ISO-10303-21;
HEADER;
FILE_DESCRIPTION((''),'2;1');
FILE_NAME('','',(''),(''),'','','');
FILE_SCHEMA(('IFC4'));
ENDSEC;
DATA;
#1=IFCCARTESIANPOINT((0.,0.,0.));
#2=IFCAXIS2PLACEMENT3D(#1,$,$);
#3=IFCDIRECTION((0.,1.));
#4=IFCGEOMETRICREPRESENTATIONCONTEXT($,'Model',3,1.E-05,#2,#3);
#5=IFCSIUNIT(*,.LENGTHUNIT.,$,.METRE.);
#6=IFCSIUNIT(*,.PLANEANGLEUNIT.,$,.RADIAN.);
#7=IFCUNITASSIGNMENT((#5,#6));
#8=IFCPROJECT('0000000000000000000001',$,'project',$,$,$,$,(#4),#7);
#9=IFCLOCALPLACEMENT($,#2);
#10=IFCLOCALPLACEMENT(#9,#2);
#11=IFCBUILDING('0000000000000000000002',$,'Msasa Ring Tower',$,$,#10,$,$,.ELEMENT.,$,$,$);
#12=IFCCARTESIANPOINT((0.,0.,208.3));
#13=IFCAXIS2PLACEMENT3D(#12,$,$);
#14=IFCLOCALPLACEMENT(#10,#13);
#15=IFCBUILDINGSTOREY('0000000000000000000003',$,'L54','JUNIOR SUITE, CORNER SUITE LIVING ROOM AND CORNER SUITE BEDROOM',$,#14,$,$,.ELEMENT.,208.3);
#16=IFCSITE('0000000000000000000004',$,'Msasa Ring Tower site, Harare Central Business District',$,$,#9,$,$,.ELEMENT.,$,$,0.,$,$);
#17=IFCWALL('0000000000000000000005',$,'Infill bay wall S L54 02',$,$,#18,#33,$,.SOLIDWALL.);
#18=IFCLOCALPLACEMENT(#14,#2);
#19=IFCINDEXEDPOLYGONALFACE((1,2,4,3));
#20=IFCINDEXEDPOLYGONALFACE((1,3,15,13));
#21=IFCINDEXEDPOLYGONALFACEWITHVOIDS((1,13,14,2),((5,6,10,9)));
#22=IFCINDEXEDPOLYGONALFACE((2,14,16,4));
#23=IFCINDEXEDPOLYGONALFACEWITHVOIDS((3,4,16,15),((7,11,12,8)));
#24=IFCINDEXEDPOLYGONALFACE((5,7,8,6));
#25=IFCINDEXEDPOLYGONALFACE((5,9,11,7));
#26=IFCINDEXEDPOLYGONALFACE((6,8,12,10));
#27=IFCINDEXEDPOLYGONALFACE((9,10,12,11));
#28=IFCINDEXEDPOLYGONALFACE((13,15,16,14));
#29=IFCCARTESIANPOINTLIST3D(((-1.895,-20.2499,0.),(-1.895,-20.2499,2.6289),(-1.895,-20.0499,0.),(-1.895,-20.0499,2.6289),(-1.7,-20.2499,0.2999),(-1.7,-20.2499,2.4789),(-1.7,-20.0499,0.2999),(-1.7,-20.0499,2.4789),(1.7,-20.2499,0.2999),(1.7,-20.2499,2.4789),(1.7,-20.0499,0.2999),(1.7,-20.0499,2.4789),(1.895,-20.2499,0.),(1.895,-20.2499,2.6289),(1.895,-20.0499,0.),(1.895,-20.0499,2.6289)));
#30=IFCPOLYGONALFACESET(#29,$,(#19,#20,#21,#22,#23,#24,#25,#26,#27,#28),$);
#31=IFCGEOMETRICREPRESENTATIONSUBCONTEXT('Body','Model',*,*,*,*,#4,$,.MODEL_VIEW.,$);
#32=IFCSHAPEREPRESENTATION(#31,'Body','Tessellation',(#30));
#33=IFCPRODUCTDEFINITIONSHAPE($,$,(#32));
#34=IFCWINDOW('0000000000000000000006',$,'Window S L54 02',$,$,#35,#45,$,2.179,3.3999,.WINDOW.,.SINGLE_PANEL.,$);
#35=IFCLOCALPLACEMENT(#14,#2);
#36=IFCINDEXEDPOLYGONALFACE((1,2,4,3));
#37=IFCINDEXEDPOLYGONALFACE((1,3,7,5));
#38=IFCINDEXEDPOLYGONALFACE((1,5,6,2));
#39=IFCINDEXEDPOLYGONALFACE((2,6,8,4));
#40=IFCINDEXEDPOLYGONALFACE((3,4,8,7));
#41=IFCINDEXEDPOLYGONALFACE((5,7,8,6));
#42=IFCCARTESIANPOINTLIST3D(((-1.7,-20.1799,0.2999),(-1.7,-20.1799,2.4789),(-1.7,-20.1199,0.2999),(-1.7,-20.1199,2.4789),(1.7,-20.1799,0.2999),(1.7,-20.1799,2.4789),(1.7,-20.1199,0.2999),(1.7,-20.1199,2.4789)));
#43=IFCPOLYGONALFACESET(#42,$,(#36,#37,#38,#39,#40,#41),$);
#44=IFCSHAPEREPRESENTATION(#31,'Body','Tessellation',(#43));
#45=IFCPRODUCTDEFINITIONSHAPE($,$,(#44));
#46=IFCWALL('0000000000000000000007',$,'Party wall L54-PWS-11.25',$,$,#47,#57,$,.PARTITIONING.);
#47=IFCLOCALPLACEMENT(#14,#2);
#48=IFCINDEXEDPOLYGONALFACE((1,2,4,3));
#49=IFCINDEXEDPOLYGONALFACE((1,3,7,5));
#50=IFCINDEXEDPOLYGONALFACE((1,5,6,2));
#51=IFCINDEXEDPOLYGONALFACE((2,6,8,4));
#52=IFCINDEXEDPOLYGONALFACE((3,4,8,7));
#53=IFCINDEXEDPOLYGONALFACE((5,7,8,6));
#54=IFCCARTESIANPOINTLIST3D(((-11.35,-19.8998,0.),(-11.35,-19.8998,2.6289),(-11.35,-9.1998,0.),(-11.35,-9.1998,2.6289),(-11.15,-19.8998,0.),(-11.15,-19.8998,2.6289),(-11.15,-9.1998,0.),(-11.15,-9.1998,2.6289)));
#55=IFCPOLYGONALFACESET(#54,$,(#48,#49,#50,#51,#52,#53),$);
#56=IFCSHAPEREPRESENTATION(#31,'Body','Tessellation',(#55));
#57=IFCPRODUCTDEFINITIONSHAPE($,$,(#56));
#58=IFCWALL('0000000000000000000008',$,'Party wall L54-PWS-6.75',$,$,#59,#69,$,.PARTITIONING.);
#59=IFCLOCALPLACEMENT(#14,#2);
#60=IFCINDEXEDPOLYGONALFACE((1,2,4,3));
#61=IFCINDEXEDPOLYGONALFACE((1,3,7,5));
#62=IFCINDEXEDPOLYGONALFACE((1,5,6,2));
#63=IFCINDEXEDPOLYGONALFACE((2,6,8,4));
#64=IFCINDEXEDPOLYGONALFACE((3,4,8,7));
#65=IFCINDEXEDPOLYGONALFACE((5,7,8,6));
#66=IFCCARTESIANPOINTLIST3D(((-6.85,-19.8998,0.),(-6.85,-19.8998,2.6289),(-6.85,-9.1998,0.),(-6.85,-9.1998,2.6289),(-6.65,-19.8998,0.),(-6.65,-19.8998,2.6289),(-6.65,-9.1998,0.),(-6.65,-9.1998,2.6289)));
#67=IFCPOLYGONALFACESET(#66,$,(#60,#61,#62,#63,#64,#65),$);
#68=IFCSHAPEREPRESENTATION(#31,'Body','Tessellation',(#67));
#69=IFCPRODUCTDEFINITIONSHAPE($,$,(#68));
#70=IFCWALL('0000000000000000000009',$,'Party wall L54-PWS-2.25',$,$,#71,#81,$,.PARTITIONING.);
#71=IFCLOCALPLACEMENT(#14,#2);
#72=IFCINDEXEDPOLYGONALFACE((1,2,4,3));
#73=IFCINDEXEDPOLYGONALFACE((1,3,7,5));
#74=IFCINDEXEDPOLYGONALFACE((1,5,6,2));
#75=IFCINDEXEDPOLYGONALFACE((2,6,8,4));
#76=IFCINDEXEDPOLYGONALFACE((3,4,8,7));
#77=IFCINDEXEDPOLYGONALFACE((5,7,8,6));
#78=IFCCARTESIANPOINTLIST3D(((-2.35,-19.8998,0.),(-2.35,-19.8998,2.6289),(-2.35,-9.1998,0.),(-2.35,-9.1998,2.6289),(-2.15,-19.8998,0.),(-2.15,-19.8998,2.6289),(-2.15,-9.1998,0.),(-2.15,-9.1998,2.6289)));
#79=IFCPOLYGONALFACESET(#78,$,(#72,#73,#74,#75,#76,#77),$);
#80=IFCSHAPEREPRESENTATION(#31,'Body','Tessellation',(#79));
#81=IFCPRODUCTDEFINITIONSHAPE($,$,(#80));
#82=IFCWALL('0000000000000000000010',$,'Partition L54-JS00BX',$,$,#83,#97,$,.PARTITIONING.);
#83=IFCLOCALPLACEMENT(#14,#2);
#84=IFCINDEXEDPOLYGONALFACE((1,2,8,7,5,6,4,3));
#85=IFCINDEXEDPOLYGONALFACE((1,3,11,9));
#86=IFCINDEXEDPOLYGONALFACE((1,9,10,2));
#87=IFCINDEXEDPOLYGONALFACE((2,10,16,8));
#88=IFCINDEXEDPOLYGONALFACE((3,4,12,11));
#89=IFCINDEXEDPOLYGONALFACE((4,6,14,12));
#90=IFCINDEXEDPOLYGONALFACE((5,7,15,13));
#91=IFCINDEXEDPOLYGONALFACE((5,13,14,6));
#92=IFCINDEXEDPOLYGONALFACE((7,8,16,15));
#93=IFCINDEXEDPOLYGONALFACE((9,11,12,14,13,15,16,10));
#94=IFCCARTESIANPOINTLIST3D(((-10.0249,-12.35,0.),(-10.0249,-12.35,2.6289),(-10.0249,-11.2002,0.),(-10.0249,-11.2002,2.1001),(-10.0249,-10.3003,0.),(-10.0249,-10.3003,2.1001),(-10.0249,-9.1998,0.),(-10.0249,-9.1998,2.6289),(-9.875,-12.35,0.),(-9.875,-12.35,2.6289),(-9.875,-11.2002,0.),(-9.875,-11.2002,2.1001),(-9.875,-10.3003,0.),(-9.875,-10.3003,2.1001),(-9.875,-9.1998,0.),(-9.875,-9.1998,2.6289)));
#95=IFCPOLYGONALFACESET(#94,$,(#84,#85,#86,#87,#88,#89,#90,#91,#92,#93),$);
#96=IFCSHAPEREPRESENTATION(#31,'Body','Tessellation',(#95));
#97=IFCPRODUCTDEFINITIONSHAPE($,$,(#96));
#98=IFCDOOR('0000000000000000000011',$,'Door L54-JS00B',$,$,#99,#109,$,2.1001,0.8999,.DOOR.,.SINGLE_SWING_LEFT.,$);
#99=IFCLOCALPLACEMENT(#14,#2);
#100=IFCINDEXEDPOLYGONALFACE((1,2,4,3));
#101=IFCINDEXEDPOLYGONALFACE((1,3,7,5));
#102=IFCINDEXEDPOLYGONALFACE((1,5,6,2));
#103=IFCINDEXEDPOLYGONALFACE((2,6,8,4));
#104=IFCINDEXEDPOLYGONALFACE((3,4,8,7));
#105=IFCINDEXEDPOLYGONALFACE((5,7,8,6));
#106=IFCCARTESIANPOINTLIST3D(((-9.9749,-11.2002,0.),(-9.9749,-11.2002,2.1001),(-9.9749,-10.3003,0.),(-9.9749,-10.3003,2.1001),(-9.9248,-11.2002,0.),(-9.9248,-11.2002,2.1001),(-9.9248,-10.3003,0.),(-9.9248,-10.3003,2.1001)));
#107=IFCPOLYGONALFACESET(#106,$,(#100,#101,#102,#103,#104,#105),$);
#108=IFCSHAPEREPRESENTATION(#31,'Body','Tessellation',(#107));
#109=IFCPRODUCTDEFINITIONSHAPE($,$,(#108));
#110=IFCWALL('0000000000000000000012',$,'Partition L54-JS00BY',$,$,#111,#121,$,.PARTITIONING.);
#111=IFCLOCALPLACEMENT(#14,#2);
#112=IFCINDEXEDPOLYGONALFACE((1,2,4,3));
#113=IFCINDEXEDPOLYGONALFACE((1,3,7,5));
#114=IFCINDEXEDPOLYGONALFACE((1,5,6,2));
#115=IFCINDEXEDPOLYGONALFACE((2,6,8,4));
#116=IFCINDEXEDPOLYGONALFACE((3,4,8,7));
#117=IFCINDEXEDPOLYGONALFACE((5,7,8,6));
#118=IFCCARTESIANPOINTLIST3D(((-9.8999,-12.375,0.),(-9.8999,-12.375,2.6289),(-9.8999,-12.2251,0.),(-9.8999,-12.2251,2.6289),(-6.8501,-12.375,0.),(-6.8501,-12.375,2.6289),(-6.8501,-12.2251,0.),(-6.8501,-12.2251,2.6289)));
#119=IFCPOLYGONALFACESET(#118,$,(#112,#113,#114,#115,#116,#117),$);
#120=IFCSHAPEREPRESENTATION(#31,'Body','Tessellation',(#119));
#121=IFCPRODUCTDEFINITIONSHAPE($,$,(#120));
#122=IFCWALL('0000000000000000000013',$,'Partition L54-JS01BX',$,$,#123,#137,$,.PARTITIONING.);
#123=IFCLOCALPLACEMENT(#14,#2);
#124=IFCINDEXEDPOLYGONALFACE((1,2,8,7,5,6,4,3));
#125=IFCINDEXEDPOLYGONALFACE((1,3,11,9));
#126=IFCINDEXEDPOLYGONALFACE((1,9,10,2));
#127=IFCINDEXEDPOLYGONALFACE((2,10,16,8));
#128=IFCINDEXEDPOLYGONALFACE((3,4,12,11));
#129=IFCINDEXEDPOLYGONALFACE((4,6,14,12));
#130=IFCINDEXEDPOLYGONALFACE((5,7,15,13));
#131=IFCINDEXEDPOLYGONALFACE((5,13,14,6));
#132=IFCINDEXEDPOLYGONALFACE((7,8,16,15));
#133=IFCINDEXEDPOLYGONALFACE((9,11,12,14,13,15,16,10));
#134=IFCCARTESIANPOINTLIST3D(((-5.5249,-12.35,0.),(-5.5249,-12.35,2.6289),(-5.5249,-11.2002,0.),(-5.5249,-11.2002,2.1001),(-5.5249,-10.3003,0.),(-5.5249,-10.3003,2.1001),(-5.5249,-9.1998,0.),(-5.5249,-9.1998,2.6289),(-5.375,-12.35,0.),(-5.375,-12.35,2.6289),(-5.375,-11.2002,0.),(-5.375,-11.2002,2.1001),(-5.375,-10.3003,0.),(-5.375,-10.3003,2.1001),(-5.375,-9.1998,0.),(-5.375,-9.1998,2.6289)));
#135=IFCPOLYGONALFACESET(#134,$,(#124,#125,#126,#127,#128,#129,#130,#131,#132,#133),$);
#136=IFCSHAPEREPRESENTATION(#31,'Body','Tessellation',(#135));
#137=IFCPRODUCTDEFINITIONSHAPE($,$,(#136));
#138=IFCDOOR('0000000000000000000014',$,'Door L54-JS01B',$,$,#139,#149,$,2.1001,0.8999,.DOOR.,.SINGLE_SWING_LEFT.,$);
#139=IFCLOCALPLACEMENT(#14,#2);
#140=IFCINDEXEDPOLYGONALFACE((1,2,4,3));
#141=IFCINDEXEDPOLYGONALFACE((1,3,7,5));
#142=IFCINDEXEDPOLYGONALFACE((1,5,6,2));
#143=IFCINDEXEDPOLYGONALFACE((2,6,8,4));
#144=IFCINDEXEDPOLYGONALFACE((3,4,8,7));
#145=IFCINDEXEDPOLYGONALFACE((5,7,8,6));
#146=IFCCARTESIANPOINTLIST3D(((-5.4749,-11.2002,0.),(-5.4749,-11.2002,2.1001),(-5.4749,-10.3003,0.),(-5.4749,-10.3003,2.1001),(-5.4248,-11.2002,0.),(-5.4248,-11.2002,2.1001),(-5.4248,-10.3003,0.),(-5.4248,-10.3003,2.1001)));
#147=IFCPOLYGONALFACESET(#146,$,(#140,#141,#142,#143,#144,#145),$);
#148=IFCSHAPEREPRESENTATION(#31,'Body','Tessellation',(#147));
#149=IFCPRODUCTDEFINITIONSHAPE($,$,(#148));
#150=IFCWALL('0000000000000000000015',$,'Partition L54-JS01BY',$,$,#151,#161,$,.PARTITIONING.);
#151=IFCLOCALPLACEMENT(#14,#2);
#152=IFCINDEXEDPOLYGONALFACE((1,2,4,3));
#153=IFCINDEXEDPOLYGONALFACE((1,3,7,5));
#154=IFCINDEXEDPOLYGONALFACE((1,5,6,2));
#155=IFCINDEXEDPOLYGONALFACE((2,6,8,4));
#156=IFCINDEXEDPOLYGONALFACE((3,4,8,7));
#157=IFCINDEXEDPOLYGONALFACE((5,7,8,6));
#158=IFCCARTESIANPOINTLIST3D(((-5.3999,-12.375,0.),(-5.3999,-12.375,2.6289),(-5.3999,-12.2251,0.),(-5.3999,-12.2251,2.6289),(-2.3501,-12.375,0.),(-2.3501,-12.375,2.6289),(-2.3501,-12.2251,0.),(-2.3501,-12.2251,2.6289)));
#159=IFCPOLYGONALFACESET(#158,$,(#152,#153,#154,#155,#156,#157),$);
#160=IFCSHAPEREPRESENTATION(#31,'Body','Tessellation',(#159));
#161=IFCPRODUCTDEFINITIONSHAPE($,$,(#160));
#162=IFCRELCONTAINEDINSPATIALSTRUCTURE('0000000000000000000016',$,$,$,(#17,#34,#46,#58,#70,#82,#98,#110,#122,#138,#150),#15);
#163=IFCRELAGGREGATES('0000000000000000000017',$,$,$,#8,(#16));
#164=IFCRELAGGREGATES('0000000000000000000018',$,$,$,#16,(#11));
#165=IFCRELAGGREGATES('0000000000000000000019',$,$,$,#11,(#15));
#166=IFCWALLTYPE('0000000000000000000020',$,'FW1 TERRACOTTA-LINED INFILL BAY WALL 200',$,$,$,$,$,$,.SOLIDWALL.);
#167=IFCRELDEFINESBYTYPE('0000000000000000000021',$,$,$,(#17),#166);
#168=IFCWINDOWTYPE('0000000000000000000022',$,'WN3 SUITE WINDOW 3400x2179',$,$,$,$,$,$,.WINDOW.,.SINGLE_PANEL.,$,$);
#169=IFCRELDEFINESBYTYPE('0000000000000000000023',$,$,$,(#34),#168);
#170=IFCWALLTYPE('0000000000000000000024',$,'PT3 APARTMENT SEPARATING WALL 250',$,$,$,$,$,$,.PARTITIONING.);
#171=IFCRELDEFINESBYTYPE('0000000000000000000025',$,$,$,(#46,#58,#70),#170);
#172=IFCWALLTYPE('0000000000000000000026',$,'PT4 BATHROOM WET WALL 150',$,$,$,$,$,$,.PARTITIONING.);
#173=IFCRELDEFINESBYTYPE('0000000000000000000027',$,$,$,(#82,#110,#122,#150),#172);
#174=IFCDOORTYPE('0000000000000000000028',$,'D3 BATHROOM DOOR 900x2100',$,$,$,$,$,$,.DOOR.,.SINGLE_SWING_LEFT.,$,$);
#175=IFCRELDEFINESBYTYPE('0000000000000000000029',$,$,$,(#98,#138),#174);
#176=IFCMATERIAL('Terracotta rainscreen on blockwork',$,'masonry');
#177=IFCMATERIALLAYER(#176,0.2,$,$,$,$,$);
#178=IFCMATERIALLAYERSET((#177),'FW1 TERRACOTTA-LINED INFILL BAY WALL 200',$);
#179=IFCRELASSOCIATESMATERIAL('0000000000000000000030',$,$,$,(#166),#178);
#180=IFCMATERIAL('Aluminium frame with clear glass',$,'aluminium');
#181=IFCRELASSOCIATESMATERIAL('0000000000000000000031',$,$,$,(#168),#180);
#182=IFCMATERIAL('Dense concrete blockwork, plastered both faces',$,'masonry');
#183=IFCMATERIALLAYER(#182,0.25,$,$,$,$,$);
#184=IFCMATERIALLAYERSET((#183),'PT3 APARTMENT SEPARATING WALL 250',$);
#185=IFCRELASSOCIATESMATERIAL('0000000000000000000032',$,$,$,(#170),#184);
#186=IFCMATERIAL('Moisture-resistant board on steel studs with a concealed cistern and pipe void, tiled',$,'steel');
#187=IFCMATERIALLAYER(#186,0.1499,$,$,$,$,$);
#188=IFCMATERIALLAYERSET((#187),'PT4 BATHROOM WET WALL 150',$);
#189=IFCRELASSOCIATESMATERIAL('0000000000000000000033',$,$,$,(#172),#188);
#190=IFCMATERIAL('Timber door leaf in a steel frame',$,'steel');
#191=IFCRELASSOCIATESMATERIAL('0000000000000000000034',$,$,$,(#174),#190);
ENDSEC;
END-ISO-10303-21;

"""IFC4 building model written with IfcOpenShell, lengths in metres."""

from ifc_helpers import new_model, si_unit, direction, frame, frame_2d, origin, place, context, subcontext, project, spatial, rectangle, extrude, material, layer, layer_set, type_object, element, fill, save


model = new_model("IFC4")

# Units and contexts
model_context = context("Model", 3, precision=1e-05, world=origin(), true_north=direction((0.0, 1.0)))
body_context = subcontext(model_context, "Body", "Model", "MODEL_VIEW")
ifc_project = project(units=[si_unit("LENGTHUNIT", "METRE"), si_unit("PLANEANGLEUNIT", "RADIAN")], contexts=[model_context])

# Site, building, storey
site_placement = place(None, origin())
site = spatial("IfcSite", under=ifc_project, at=site_placement, Name="Msasa Ring Tower site, Harare Central Business District", CompositionType="ELEMENT", RefElevation=0.0)
building_placement = place(site_placement, origin())
building = spatial("IfcBuilding", under=site, at=building_placement, Name="Msasa Ring Tower", CompositionType="ELEMENT")
storey_placement = place(building_placement, frame((0.0, 0.0, 208.3)))
storey = spatial("IfcBuildingStorey", under=building, at=storey_placement, Name="L54", Description="JUNIOR SUITE, CORNER SUITE LIVING ROOM AND CORNER SUITE BEDROOM", CompositionType="ELEMENT", Elevation=208.3)

# Wall, opening, window
ifc_material_1 = material(Name="Terracotta rainscreen on blockwork", Category="masonry")
ifc_layer_1 = layer(ifc_material_1, 0.2)
ifc_layer_set_1 = layer_set([ifc_layer_1], Name="FW1 TERRACOTTA-LINED INFILL BAY WALL 200")
wall_type_1 = type_object("IfcWallType", Name="FW1 TERRACOTTA-LINED INFILL BAY WALL 200", PredefinedType="SOLIDWALL", material=ifc_layer_set_1)
ifc_material_2 = material(Name="Aluminium frame with clear glass", Category="aluminium")
window_type = type_object("IfcWindowType", Name="WN3 SUITE WINDOW 3400x2179", PartitioningType="SINGLE_PANEL", PredefinedType="WINDOW", material=ifc_material_2)
wall_1_placement = place(storey_placement, frame((-1.895, -20.1499, 0.0), z_axis=(0.0, 0.0, 1.0), x_axis=(1.0, 0.0, 0.0)))
wall_1 = element("IfcWall", 1, at=wall_1_placement, inside=storey, type_object=wall_type_1, Name="Infill bay wall S L54 02", PredefinedType="SOLIDWALL", context=body_context, shape_type="SweptSolid", body=[
    extrude(rectangle(XDim=3.79, YDim=0.2, at=frame_2d((1.895, 0.0))), origin(), (0.0, 0.0, 1.0), 2.6289),
])
opening_1_placement = place(wall_1_placement, frame((0.1951, 0.0, 0.3)))
opening_1 = element("IfcOpeningElement", 2, at=opening_1_placement, cuts=wall_1, PredefinedType="OPENING", context=body_context, shape_type="SweptSolid", body=[
    extrude(rectangle(XDim=3.3999, YDim=2.179, at=frame_2d((1.7, 1.0894))), frame((0.0, 0.1099, 0.0), z_axis=(0.0, -1.0, 0.0), x_axis=(1.0, 0.0, 0.0)), (0.0, 0.0, 1.0), 0.22),
])
window_1_placement = place(opening_1_placement, origin())
window_1 = element("IfcWindow", 3, at=window_1_placement, inside=storey, type_object=window_type, Name="Window S L54 02", OverallHeight=2.179, OverallWidth=3.3999, PartitioningType="SINGLE_PANEL", PredefinedType="WINDOW", context=body_context, shape_type="SweptSolid", body=[
    extrude(rectangle(XDim=3.3999, YDim=2.179, at=frame_2d((1.7, 1.0894))), frame((0.0, 0.03, 0.0), z_axis=(0.0, -1.0, 0.0), x_axis=(1.0, 0.0, 0.0)), (0.0, 0.0, 1.0), 0.0601),
])
fill(opening_1, window_1)

# Walls
ifc_material_3 = material(Name="Dense concrete blockwork, plastered both faces", Category="masonry")
ifc_layer_2 = layer(ifc_material_3, 0.25)
ifc_layer_set_2 = layer_set([ifc_layer_2], Name="PT3 APARTMENT SEPARATING WALL 250")
wall_type_2 = type_object("IfcWallType", Name="PT3 APARTMENT SEPARATING WALL 250", PredefinedType="PARTITIONING", material=ifc_layer_set_2)
for number, where, z_axis, x_axis, name in (
    (4, (-11.25, -19.8999, 0.0), (0.0, 0.0, 1.0), (0.0, 1.0, 0.0), "Party wall L54-PWS-11.25"),
    (5, (-6.75, -19.8999, 0.0), (0.0, 0.0, 1.0), (0.0, 1.0, 0.0), "Party wall L54-PWS-6.75"),
    (6, (-2.25, -19.8999, 0.0), (0.0, 0.0, 1.0), (0.0, 1.0, 0.0), "Party wall L54-PWS-2.25"),
):
    element("IfcWall", number, at=place(storey_placement, frame(where, z_axis=z_axis, x_axis=x_axis)), inside=storey, type_object=wall_type_2, Name=name, PredefinedType="PARTITIONING", context=body_context, shape_type="SweptSolid", body=[
        extrude(rectangle(XDim=10.7, YDim=0.2, at=frame_2d((5.3501, 0.0))), origin(), (0.0, 0.0, 1.0), 2.6289),
    ])

# Wall, opening, door
ifc_material_4 = material(Name="Moisture-resistant board on steel studs with a concealed cistern and pipe void, tiled", Category="steel")
ifc_layer_3 = layer(ifc_material_4, 0.1499)
ifc_layer_set_3 = layer_set([ifc_layer_3], Name="PT4 BATHROOM WET WALL 150")
wall_type_3 = type_object("IfcWallType", Name="PT4 BATHROOM WET WALL 150", PredefinedType="PARTITIONING", material=ifc_layer_set_3)
wall_2_placement = place(storey_placement, frame((-9.95, -12.3501, 0.0), z_axis=(0.0, 0.0, 1.0), x_axis=(0.0, 1.0, 0.0)))
wall_2 = element("IfcWall", 7, at=wall_2_placement, inside=storey, type_object=wall_type_3, Name="Partition L54-JS00BX", PredefinedType="PARTITIONING", context=body_context, shape_type="SweptSolid", body=[
    extrude(rectangle(XDim=3.1501, YDim=0.1499, at=frame_2d((1.5752, 0.0))), origin(), (0.0, 0.0, 1.0), 2.6289),
])
opening_2_placement = place(wall_2_placement, frame((1.1499, 0.0, 0.0)))
opening_2 = element("IfcOpeningElement", 8, at=opening_2_placement, cuts=wall_2, PredefinedType="OPENING", context=body_context, shape_type="SweptSolid", body=[
    extrude(rectangle(XDim=0.8999, YDim=2.1001, at=frame_2d((0.45, 1.05))), frame((0.0, 0.085, 0.0), z_axis=(0.0, -1.0, 0.0), x_axis=(1.0, 0.0, 0.0)), (0.0, 0.0, 1.0), 0.1699),
])
ifc_material_5 = material(Name="Timber door leaf in a steel frame", Category="steel")
door_type = type_object("IfcDoorType", Name="D3 BATHROOM DOOR 900x2100", OperationType="SINGLE_SWING_LEFT", PredefinedType="DOOR", material=ifc_material_5)
door_1_placement = place(opening_2_placement, origin())
door_1 = element("IfcDoor", 9, at=door_1_placement, inside=storey, type_object=door_type, Name="Door L54-JS00B", OperationType="SINGLE_SWING_LEFT", OverallHeight=2.1001, OverallWidth=0.8999, PredefinedType="DOOR", context=body_context, shape_type="SweptSolid", body=[
    extrude(rectangle(XDim=0.8999, YDim=2.1001, at=frame_2d((0.45, 1.05))), frame((0.0, 0.0249, 0.0), z_axis=(0.0, -1.0, 0.0), x_axis=(1.0, 0.0, 0.0)), (0.0, 0.0, 1.0), 0.05),
])
fill(opening_2, door_1)

# Wall
wall_3_placement = place(storey_placement, frame((-9.8999, -12.3, 0.0), z_axis=(0.0, 0.0, 1.0), x_axis=(1.0, 0.0, 0.0)))
element("IfcWall", 10, at=wall_3_placement, inside=storey, type_object=wall_type_3, Name="Partition L54-JS00BY", PredefinedType="PARTITIONING", context=body_context, shape_type="SweptSolid", body=[
    extrude(rectangle(XDim=3.0498, YDim=0.1499, at=frame_2d((1.5249, 0.0))), origin(), (0.0, 0.0, 1.0), 2.6289),
])

# Wall, opening, door
wall_4_placement = place(storey_placement, frame((-5.45, -12.3501, 0.0), z_axis=(0.0, 0.0, 1.0), x_axis=(0.0, 1.0, 0.0)))
wall_4 = element("IfcWall", 11, at=wall_4_placement, inside=storey, type_object=wall_type_3, Name="Partition L54-JS01BX", PredefinedType="PARTITIONING", context=body_context, shape_type="SweptSolid", body=[
    extrude(rectangle(XDim=3.1501, YDim=0.1499, at=frame_2d((1.5752, 0.0))), origin(), (0.0, 0.0, 1.0), 2.6289),
])
opening_3_placement = place(wall_4_placement, frame((1.1499, 0.0, 0.0)))
opening_3 = element("IfcOpeningElement", 12, at=opening_3_placement, cuts=wall_4, PredefinedType="OPENING", context=body_context, shape_type="SweptSolid", body=[
    extrude(rectangle(XDim=0.8999, YDim=2.1001, at=frame_2d((0.45, 1.05))), frame((0.0, 0.085, 0.0), z_axis=(0.0, -1.0, 0.0), x_axis=(1.0, 0.0, 0.0)), (0.0, 0.0, 1.0), 0.1699),
])
door_2_placement = place(opening_3_placement, origin())
door_2 = element("IfcDoor", 13, at=door_2_placement, inside=storey, type_object=door_type, Name="Door L54-JS01B", OperationType="SINGLE_SWING_LEFT", OverallHeight=2.1001, OverallWidth=0.8999, PredefinedType="DOOR", context=body_context, shape_type="SweptSolid", body=[
    extrude(rectangle(XDim=0.8999, YDim=2.1001, at=frame_2d((0.45, 1.05))), frame((0.0, 0.0249, 0.0), z_axis=(0.0, -1.0, 0.0), x_axis=(1.0, 0.0, 0.0)), (0.0, 0.0, 1.0), 0.05),
])
fill(opening_3, door_2)

# Wall
wall_5_placement = place(storey_placement, frame((-5.3999, -12.3, 0.0), z_axis=(0.0, 0.0, 1.0), x_axis=(1.0, 0.0, 0.0)))
element("IfcWall", 14, at=wall_5_placement, inside=storey, type_object=wall_type_3, Name="Partition L54-JS01BY", PredefinedType="PARTITIONING", context=body_context, shape_type="SweptSolid", body=[
    extrude(rectangle(XDim=3.0498, YDim=0.1499, at=frame_2d((1.5249, 0.0))), origin(), (0.0, 0.0, 1.0), 2.6289),
])

save(model, "model.ifc")
